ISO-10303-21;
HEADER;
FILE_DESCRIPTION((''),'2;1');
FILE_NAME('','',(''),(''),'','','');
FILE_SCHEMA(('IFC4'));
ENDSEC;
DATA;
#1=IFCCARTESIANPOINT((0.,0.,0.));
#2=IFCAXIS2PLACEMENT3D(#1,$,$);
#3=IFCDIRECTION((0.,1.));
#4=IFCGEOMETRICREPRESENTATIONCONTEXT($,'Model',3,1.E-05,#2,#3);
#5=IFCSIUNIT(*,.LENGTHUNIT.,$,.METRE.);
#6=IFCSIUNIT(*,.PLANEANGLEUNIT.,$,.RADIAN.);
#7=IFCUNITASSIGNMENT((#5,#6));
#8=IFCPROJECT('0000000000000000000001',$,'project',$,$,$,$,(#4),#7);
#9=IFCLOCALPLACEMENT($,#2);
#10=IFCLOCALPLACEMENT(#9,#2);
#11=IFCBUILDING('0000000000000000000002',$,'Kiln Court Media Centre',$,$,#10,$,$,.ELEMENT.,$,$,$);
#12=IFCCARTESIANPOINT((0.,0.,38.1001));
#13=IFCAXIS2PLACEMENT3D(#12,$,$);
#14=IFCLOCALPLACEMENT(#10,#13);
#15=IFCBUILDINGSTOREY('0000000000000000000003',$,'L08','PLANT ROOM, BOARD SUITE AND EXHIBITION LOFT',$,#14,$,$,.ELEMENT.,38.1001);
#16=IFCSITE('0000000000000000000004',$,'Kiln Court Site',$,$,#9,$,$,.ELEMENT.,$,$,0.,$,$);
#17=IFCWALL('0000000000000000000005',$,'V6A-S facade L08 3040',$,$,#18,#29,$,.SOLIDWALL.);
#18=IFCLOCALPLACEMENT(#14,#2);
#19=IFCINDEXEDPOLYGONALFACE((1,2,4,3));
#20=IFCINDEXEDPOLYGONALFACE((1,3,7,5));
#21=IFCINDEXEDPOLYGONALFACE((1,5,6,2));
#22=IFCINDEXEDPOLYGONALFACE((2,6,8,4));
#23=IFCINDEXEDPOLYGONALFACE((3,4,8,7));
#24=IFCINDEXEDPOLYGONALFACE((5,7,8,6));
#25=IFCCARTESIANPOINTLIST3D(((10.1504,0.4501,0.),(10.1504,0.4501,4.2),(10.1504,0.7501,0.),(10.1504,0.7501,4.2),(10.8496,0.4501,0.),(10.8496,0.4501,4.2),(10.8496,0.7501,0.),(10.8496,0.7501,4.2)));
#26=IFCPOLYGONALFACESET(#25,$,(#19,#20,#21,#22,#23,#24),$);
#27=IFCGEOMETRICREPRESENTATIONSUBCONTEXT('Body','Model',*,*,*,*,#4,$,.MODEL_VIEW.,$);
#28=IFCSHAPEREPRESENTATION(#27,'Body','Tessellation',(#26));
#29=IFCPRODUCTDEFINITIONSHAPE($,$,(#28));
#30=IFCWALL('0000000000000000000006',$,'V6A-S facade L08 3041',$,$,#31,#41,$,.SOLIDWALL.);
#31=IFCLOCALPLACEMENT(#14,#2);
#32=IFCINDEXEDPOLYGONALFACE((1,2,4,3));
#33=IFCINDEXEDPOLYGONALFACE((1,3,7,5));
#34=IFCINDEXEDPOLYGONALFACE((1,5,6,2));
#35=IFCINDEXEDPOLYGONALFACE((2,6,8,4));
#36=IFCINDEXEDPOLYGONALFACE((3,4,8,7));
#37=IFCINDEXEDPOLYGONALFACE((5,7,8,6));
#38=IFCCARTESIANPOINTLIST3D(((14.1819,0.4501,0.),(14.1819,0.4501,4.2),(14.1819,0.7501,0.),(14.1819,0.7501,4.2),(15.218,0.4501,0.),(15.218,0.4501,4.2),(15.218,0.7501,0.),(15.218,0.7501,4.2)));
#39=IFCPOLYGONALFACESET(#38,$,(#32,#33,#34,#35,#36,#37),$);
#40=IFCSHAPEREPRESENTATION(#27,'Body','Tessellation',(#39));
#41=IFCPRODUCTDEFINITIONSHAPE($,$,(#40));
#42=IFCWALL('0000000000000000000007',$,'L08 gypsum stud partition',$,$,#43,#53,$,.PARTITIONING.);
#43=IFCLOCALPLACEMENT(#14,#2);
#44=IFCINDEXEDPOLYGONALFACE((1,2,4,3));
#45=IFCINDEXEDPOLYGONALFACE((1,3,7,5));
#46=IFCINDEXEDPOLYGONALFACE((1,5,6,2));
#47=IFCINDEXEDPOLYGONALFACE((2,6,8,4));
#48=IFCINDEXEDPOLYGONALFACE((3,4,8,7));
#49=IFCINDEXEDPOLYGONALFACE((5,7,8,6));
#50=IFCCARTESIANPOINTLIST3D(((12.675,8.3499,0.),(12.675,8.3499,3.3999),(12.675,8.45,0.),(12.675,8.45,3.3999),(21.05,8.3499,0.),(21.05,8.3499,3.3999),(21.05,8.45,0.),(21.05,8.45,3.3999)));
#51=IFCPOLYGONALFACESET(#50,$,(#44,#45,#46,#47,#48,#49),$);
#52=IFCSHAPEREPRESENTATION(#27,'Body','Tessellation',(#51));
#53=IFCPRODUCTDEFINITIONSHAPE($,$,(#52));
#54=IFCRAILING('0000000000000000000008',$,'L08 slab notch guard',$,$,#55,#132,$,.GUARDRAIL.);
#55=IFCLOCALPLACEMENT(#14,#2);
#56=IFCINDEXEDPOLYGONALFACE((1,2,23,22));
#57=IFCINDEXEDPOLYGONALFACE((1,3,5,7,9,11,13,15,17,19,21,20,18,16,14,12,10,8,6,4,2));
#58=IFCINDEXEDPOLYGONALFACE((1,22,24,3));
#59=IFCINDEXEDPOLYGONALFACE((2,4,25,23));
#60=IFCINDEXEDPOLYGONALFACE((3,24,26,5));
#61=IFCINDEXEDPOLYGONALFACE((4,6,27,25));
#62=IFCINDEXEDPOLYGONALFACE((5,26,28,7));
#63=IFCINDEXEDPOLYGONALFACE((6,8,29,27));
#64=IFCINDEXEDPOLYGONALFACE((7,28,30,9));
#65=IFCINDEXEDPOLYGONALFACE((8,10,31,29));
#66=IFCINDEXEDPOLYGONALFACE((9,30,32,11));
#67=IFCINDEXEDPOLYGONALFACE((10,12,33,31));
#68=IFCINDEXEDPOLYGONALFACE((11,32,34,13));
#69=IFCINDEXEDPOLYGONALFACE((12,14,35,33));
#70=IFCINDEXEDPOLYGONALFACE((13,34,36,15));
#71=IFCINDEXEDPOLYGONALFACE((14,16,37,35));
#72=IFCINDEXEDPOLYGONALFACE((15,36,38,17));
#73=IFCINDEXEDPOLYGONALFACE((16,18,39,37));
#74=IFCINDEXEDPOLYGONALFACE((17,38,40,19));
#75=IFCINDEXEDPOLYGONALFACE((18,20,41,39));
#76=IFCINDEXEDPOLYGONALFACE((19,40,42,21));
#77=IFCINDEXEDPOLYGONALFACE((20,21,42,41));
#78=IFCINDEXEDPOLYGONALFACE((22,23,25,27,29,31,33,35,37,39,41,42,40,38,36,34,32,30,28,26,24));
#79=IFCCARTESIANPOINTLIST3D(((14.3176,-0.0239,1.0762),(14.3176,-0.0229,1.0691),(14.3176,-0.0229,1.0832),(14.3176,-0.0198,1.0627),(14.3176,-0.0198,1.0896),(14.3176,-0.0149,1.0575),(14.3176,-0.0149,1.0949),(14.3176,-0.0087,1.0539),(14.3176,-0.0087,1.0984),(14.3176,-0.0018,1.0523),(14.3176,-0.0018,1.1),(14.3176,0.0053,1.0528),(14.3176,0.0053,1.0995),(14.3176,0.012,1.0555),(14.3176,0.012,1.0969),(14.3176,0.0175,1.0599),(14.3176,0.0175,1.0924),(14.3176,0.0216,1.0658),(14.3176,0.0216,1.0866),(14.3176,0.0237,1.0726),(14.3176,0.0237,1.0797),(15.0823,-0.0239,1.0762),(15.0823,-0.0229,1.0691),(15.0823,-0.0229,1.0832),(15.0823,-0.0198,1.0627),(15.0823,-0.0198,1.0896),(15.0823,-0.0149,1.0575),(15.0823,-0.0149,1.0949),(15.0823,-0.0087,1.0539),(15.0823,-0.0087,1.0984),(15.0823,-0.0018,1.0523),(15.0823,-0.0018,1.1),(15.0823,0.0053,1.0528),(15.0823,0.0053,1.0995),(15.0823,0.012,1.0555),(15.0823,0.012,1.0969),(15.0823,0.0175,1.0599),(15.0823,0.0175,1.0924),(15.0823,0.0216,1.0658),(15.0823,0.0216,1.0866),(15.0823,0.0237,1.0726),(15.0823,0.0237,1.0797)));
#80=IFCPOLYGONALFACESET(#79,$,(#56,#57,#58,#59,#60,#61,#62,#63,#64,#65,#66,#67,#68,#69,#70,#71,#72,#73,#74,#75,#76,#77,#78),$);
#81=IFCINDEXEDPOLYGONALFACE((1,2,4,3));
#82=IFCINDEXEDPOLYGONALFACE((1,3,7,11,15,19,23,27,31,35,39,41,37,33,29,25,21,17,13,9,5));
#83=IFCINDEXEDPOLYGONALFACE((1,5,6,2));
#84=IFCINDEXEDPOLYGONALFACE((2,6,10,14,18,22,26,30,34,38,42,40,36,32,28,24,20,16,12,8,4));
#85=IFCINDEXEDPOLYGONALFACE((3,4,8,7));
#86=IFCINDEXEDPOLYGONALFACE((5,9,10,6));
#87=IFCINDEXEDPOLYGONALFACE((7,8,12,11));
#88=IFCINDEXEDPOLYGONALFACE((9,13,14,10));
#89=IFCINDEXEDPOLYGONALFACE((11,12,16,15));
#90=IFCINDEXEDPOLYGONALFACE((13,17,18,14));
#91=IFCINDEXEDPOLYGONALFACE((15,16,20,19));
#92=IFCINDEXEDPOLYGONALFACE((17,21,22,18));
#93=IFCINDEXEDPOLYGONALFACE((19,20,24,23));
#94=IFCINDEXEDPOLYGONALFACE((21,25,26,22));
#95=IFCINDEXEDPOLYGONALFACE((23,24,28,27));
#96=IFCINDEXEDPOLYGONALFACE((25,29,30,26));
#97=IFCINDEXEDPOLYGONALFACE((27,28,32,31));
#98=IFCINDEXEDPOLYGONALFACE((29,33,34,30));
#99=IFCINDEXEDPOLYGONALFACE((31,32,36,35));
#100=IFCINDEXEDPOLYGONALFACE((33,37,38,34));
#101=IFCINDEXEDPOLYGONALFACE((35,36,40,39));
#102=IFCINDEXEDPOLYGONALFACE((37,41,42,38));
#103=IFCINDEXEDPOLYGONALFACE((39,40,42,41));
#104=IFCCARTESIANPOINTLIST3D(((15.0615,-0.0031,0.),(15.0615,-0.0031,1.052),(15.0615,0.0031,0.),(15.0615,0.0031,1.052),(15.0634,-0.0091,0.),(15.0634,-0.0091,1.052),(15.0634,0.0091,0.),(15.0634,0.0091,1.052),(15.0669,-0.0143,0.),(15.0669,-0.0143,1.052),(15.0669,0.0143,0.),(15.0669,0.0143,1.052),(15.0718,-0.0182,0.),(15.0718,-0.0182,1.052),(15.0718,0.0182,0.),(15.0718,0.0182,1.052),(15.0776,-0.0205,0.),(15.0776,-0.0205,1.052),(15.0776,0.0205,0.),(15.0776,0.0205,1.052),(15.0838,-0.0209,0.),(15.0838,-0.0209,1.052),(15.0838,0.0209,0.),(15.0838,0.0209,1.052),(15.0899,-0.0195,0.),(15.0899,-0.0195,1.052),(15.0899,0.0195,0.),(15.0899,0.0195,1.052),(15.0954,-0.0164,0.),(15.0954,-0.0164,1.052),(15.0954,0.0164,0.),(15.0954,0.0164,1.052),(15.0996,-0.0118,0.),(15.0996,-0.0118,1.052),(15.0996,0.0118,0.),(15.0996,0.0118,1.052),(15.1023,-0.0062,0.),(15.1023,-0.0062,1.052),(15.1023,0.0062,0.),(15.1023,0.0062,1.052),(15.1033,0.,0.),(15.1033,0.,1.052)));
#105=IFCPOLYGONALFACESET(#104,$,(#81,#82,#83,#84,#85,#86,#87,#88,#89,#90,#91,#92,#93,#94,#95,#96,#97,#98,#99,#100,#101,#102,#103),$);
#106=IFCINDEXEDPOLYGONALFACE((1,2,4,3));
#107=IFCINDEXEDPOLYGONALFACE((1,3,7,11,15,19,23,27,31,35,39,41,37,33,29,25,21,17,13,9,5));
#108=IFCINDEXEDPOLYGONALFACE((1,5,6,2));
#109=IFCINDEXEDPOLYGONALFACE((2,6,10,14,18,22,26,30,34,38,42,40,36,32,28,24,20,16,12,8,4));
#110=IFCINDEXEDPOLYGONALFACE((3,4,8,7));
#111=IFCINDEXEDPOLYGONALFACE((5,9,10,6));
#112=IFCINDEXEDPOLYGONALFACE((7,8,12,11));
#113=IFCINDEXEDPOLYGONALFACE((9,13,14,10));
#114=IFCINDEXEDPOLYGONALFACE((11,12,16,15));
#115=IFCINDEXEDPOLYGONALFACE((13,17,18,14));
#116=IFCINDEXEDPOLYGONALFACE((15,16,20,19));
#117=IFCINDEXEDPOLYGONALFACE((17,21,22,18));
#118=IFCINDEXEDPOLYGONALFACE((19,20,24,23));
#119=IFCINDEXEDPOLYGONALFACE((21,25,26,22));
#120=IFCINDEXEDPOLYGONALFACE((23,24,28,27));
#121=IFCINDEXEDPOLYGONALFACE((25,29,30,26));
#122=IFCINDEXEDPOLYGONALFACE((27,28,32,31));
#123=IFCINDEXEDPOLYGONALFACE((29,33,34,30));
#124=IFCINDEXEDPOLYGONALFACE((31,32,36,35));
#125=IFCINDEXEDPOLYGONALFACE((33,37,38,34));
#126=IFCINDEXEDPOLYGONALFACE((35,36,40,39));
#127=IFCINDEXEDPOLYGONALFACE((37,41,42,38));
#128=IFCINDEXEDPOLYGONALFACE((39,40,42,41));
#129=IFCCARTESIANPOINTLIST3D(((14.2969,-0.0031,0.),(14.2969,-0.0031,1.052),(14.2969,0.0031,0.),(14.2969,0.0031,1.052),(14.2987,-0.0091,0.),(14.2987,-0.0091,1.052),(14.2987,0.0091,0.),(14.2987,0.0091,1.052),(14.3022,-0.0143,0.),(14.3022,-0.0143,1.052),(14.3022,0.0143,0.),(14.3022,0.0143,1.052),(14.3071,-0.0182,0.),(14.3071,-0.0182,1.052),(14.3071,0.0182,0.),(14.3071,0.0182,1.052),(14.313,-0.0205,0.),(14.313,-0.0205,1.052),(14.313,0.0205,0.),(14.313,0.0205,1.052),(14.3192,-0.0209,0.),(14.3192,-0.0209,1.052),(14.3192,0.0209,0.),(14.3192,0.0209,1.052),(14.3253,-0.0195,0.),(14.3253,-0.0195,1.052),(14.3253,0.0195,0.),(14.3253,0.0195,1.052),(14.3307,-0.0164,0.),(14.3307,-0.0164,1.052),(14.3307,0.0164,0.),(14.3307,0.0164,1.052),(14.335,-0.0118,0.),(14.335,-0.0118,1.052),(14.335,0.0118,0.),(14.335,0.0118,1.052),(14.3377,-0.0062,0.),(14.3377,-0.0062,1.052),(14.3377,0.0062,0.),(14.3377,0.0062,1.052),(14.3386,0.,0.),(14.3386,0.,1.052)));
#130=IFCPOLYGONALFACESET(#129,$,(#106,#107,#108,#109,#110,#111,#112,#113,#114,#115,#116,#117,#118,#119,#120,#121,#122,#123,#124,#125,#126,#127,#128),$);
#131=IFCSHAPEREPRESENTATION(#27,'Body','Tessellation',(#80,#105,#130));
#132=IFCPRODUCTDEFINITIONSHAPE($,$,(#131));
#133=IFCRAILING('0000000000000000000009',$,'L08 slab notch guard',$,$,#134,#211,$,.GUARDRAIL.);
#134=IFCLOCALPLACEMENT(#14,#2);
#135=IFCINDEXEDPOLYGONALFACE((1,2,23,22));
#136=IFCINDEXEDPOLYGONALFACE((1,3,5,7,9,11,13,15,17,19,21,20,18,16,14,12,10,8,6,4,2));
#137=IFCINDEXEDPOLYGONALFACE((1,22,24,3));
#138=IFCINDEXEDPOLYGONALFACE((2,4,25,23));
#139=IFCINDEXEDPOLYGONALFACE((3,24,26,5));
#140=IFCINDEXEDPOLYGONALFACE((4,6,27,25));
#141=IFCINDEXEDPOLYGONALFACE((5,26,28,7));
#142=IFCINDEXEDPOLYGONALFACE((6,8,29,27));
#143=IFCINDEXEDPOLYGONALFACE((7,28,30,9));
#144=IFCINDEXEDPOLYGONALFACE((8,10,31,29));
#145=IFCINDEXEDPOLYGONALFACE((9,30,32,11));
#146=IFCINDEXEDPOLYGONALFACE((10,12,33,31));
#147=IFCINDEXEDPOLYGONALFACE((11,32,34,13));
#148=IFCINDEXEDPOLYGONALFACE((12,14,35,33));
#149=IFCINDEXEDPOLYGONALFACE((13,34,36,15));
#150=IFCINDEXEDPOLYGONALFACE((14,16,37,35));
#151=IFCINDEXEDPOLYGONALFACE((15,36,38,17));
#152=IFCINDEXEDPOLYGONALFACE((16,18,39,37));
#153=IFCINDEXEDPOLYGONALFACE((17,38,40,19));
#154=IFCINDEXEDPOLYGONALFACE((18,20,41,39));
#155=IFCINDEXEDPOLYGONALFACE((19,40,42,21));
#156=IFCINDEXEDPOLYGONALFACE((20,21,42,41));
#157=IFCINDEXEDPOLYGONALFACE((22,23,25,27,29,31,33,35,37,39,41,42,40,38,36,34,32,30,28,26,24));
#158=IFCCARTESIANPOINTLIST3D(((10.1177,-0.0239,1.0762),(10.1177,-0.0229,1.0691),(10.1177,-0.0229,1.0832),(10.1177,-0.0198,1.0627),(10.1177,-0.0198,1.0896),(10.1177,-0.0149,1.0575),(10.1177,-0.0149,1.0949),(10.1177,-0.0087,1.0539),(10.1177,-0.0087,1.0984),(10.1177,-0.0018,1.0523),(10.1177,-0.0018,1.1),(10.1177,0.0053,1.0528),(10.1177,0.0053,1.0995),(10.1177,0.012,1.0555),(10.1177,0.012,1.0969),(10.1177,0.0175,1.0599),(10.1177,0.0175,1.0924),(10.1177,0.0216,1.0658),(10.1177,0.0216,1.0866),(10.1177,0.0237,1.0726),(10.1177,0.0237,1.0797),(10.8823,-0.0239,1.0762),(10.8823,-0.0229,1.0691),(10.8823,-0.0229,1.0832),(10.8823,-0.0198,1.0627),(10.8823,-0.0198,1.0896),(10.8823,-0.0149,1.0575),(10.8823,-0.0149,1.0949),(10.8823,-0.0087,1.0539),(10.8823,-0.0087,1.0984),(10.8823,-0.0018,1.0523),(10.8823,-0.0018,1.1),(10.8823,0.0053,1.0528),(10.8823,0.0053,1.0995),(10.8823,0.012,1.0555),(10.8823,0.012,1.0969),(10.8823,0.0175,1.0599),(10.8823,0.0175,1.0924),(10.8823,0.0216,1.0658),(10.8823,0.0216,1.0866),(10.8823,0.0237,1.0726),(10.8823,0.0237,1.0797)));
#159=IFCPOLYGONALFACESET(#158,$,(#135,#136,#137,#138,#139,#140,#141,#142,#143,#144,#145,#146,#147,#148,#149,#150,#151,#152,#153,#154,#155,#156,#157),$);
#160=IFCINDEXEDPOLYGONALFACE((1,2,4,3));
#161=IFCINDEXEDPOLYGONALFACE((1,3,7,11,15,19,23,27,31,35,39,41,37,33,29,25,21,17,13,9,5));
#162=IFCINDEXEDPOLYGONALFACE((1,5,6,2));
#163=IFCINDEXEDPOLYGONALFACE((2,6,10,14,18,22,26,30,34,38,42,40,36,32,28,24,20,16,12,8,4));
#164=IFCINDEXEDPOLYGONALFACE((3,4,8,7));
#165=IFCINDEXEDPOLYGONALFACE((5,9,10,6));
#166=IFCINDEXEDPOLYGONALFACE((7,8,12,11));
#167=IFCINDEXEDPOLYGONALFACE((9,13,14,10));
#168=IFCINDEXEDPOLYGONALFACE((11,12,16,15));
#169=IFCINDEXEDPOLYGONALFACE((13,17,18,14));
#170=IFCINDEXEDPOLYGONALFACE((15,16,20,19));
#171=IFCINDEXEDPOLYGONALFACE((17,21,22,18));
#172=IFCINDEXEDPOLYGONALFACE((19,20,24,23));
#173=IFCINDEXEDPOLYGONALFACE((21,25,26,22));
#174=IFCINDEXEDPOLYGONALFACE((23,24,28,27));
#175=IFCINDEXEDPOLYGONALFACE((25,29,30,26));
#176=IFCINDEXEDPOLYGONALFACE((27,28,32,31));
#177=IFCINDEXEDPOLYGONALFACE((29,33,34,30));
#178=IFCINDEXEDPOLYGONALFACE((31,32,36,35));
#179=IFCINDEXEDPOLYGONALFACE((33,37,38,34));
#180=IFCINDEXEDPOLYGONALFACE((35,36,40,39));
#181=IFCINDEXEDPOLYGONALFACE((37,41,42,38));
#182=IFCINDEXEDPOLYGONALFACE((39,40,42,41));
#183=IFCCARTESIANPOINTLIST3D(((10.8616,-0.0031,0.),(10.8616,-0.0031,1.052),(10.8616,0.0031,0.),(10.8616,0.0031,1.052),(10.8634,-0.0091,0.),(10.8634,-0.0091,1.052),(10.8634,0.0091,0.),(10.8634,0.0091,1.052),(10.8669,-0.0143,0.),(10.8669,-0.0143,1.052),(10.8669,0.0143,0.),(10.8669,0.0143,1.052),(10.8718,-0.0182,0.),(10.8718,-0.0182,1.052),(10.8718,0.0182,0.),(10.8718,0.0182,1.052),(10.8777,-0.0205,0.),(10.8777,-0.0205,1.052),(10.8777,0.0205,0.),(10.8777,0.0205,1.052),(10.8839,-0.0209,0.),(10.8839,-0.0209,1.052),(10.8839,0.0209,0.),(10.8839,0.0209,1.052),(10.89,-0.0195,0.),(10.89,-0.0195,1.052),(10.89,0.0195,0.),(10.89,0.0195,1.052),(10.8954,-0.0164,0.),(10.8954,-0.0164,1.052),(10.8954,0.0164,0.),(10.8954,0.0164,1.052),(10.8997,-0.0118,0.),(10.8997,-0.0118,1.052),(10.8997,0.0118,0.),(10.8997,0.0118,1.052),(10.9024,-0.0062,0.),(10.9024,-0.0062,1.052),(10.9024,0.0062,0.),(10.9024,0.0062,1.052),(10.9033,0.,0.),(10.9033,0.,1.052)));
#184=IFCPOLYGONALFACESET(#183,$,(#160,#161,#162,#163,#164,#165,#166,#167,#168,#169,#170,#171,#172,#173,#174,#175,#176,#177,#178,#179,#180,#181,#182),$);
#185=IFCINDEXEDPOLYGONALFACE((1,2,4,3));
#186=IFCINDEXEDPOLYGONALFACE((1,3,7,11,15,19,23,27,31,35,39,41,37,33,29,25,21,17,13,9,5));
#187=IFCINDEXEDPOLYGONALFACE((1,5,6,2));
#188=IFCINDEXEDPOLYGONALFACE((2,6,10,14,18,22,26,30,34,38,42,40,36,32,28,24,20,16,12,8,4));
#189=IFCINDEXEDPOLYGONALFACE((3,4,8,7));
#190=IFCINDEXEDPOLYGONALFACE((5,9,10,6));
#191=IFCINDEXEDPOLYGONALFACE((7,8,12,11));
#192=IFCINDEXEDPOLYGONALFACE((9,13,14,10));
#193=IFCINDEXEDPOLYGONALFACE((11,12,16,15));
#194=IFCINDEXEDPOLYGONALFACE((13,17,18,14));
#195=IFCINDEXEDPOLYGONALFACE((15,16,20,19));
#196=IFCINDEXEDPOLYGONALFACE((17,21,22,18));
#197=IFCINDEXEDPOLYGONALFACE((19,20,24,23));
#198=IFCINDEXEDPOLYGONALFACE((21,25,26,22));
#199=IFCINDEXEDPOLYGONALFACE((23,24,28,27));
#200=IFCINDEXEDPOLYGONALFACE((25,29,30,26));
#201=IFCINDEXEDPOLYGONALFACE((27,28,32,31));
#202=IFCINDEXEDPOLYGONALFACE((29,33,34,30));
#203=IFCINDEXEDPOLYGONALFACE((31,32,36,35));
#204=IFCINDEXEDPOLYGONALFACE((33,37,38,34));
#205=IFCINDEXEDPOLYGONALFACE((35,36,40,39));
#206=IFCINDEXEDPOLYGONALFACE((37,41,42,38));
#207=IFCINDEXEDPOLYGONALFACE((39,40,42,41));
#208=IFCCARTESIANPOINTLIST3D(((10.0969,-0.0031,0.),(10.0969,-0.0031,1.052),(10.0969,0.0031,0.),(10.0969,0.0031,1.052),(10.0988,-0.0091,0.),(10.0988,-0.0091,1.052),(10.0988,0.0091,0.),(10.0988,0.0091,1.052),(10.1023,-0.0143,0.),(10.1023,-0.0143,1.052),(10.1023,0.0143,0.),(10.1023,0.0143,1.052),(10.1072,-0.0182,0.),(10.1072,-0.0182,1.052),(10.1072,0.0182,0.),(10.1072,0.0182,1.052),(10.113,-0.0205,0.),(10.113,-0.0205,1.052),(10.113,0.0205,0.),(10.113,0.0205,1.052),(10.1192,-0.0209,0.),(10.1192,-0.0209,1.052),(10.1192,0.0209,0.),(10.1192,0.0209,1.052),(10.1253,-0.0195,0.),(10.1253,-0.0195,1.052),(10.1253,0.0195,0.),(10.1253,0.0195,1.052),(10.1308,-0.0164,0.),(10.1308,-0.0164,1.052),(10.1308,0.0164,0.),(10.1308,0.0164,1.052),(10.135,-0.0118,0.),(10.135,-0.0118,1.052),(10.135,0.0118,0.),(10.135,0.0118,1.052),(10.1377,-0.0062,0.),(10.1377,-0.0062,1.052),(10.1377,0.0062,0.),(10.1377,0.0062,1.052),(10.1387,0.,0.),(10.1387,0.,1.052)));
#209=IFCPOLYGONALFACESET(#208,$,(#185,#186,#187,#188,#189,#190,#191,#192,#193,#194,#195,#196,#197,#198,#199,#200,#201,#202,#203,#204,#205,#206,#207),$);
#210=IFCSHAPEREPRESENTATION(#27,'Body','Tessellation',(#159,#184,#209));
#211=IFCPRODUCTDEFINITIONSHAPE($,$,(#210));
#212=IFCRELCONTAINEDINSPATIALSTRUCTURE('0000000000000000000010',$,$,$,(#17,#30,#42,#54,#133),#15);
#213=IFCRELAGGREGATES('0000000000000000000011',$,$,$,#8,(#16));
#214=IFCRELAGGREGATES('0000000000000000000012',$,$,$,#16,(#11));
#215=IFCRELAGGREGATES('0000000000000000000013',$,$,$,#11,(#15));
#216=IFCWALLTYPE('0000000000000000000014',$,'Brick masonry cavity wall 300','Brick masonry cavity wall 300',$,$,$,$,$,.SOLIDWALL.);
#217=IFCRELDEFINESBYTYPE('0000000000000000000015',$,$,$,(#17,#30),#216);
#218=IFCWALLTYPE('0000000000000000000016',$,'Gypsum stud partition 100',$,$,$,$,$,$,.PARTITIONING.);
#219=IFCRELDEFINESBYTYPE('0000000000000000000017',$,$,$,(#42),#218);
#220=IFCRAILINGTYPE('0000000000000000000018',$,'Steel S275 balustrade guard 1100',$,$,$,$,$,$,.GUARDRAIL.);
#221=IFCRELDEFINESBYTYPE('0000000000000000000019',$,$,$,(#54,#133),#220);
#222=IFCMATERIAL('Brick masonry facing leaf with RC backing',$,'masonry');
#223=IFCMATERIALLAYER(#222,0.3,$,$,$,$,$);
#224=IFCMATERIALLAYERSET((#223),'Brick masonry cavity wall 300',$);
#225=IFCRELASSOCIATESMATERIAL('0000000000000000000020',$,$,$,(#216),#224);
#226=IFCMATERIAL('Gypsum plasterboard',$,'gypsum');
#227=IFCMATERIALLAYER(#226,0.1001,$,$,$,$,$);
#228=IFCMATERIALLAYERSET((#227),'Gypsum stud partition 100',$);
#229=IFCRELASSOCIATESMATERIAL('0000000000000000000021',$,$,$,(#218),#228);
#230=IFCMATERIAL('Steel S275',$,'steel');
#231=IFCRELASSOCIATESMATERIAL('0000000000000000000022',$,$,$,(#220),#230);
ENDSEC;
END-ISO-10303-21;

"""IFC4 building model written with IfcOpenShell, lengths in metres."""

from ifc_helpers import new_model, si_unit, direction, frame, frame_2d, origin, origin_2d, place, context, subcontext, project, spatial, rectangle, circle, extrude, material, layer, layer_set, type_object, element, save


model = new_model("IFC4")

# Units and contexts
model_context = context("Model", 3, precision=1e-05, world=origin(), true_north=direction((0.0, 1.0)))
body_context = subcontext(model_context, "Body", "Model", "MODEL_VIEW")
ifc_project = project(units=[si_unit("LENGTHUNIT", "METRE"), si_unit("PLANEANGLEUNIT", "RADIAN")], contexts=[model_context])

# Site, building, storey
site_placement = place(None, origin())
site = spatial("IfcSite", under=ifc_project, at=site_placement, Name="Kiln Court Site", CompositionType="ELEMENT", RefElevation=0.0)
building_placement = place(site_placement, origin())
building = spatial("IfcBuilding", under=site, at=building_placement, Name="Kiln Court Media Centre", CompositionType="ELEMENT")
storey_placement = place(building_placement, frame((0.0, 0.0, 38.1001)))
storey = spatial("IfcBuildingStorey", under=building, at=storey_placement, Name="L08", Description="PLANT ROOM, BOARD SUITE AND EXHIBITION LOFT", CompositionType="ELEMENT", Elevation=38.1001)

# Walls
ifc_material_1 = material(Name="Brick masonry facing leaf with RC backing", Category="masonry")
ifc_layer_1 = layer(ifc_material_1, 0.3)
ifc_layer_set_1 = layer_set([ifc_layer_1], Name="Brick masonry cavity wall 300")
wall_type_1 = type_object("IfcWallType", Name="Brick masonry cavity wall 300", Description="Brick masonry cavity wall 300", PredefinedType="SOLIDWALL", material=ifc_layer_set_1)
wall_1_placement = place(storey_placement, frame((10.8496, 0.6001, 0.0), z_axis=(0.0, 0.0, 1.0), x_axis=(-1.0, 0.0, 0.0)))
element("IfcWall", 1, at=wall_1_placement, inside=storey, type_object=wall_type_1, Name="V6A-S facade L08 3040", PredefinedType="SOLIDWALL", context=body_context, shape_type="SweptSolid", body=[
    extrude(rectangle(XDim=0.6992, YDim=0.3, at=frame_2d((0.3496, 0.0))), origin(), (0.0, 0.0, 1.0), 4.2),
])
wall_2_placement = place(storey_placement, frame((15.218, 0.6001, 0.0), z_axis=(0.0, 0.0, 1.0), x_axis=(-1.0, 0.0, 0.0)))
element("IfcWall", 2, at=wall_2_placement, inside=storey, type_object=wall_type_1, Name="V6A-S facade L08 3041", PredefinedType="SOLIDWALL", context=body_context, shape_type="SweptSolid", body=[
    extrude(rectangle(XDim=1.0361, YDim=0.3, at=frame_2d((0.5181, 0.0))), origin(), (0.0, 0.0, 1.0), 4.2),
])
ifc_material_2 = material(Name="Gypsum plasterboard", Category="gypsum")
ifc_layer_2 = layer(ifc_material_2, 0.1001)
ifc_layer_set_2 = layer_set([ifc_layer_2], Name="Gypsum stud partition 100")
wall_type_2 = type_object("IfcWallType", Name="Gypsum stud partition 100", PredefinedType="PARTITIONING", material=ifc_layer_set_2)
wall_3_placement = place(storey_placement, frame((12.675, 8.3999, 0.0), z_axis=(0.0, 0.0, 1.0), x_axis=(1.0, 0.0, 0.0)))
element("IfcWall", 3, at=wall_3_placement, inside=storey, type_object=wall_type_2, Name="L08 gypsum stud partition", PredefinedType="PARTITIONING", context=body_context, shape_type="SweptSolid", body=[
    extrude(rectangle(XDim=8.375, YDim=0.1001, at=frame_2d((4.1875, 0.0))), origin(), (0.0, 0.0, 1.0), 3.3999),
])

# Railings
ifc_material_3 = material(Name="Steel S275", Category="steel")
railing_type = type_object("IfcRailingType", Name="Steel S275 balustrade guard 1100", PredefinedType="GUARDRAIL", material=ifc_material_3)
for number, where, name in (
    (4, (15.0823, 0.0, 0.0), "L08 slab notch guard"),
    (5, (10.8823, 0.0, 0.0), "L08 slab notch guard"),
):
    element("IfcRailing", number, at=place(storey_placement, frame(where)), inside=storey, type_object=railing_type, Name=name, PredefinedType="GUARDRAIL", context=body_context, shape_type="SweptSolid", body=[
        extrude(circle(Radius=0.0239, at=origin_2d()), frame((0.0, 0.0, 1.0762), z_axis=(-1.0, 0.0, 0.0), x_axis=(0.0, -1.0, 0.0)), (0.0, 0.0, 1.0), 0.7646),
        extrude(circle(Radius=0.021, at=origin_2d()), origin(), (0.0, 0.0, 1.0), 1.052),
        extrude(circle(Radius=0.021, at=origin_2d()), frame((-0.7646, 0.0, 0.0)), (0.0, 0.0, 1.0), 1.052),
    ])

save(model, "model.ifc")
